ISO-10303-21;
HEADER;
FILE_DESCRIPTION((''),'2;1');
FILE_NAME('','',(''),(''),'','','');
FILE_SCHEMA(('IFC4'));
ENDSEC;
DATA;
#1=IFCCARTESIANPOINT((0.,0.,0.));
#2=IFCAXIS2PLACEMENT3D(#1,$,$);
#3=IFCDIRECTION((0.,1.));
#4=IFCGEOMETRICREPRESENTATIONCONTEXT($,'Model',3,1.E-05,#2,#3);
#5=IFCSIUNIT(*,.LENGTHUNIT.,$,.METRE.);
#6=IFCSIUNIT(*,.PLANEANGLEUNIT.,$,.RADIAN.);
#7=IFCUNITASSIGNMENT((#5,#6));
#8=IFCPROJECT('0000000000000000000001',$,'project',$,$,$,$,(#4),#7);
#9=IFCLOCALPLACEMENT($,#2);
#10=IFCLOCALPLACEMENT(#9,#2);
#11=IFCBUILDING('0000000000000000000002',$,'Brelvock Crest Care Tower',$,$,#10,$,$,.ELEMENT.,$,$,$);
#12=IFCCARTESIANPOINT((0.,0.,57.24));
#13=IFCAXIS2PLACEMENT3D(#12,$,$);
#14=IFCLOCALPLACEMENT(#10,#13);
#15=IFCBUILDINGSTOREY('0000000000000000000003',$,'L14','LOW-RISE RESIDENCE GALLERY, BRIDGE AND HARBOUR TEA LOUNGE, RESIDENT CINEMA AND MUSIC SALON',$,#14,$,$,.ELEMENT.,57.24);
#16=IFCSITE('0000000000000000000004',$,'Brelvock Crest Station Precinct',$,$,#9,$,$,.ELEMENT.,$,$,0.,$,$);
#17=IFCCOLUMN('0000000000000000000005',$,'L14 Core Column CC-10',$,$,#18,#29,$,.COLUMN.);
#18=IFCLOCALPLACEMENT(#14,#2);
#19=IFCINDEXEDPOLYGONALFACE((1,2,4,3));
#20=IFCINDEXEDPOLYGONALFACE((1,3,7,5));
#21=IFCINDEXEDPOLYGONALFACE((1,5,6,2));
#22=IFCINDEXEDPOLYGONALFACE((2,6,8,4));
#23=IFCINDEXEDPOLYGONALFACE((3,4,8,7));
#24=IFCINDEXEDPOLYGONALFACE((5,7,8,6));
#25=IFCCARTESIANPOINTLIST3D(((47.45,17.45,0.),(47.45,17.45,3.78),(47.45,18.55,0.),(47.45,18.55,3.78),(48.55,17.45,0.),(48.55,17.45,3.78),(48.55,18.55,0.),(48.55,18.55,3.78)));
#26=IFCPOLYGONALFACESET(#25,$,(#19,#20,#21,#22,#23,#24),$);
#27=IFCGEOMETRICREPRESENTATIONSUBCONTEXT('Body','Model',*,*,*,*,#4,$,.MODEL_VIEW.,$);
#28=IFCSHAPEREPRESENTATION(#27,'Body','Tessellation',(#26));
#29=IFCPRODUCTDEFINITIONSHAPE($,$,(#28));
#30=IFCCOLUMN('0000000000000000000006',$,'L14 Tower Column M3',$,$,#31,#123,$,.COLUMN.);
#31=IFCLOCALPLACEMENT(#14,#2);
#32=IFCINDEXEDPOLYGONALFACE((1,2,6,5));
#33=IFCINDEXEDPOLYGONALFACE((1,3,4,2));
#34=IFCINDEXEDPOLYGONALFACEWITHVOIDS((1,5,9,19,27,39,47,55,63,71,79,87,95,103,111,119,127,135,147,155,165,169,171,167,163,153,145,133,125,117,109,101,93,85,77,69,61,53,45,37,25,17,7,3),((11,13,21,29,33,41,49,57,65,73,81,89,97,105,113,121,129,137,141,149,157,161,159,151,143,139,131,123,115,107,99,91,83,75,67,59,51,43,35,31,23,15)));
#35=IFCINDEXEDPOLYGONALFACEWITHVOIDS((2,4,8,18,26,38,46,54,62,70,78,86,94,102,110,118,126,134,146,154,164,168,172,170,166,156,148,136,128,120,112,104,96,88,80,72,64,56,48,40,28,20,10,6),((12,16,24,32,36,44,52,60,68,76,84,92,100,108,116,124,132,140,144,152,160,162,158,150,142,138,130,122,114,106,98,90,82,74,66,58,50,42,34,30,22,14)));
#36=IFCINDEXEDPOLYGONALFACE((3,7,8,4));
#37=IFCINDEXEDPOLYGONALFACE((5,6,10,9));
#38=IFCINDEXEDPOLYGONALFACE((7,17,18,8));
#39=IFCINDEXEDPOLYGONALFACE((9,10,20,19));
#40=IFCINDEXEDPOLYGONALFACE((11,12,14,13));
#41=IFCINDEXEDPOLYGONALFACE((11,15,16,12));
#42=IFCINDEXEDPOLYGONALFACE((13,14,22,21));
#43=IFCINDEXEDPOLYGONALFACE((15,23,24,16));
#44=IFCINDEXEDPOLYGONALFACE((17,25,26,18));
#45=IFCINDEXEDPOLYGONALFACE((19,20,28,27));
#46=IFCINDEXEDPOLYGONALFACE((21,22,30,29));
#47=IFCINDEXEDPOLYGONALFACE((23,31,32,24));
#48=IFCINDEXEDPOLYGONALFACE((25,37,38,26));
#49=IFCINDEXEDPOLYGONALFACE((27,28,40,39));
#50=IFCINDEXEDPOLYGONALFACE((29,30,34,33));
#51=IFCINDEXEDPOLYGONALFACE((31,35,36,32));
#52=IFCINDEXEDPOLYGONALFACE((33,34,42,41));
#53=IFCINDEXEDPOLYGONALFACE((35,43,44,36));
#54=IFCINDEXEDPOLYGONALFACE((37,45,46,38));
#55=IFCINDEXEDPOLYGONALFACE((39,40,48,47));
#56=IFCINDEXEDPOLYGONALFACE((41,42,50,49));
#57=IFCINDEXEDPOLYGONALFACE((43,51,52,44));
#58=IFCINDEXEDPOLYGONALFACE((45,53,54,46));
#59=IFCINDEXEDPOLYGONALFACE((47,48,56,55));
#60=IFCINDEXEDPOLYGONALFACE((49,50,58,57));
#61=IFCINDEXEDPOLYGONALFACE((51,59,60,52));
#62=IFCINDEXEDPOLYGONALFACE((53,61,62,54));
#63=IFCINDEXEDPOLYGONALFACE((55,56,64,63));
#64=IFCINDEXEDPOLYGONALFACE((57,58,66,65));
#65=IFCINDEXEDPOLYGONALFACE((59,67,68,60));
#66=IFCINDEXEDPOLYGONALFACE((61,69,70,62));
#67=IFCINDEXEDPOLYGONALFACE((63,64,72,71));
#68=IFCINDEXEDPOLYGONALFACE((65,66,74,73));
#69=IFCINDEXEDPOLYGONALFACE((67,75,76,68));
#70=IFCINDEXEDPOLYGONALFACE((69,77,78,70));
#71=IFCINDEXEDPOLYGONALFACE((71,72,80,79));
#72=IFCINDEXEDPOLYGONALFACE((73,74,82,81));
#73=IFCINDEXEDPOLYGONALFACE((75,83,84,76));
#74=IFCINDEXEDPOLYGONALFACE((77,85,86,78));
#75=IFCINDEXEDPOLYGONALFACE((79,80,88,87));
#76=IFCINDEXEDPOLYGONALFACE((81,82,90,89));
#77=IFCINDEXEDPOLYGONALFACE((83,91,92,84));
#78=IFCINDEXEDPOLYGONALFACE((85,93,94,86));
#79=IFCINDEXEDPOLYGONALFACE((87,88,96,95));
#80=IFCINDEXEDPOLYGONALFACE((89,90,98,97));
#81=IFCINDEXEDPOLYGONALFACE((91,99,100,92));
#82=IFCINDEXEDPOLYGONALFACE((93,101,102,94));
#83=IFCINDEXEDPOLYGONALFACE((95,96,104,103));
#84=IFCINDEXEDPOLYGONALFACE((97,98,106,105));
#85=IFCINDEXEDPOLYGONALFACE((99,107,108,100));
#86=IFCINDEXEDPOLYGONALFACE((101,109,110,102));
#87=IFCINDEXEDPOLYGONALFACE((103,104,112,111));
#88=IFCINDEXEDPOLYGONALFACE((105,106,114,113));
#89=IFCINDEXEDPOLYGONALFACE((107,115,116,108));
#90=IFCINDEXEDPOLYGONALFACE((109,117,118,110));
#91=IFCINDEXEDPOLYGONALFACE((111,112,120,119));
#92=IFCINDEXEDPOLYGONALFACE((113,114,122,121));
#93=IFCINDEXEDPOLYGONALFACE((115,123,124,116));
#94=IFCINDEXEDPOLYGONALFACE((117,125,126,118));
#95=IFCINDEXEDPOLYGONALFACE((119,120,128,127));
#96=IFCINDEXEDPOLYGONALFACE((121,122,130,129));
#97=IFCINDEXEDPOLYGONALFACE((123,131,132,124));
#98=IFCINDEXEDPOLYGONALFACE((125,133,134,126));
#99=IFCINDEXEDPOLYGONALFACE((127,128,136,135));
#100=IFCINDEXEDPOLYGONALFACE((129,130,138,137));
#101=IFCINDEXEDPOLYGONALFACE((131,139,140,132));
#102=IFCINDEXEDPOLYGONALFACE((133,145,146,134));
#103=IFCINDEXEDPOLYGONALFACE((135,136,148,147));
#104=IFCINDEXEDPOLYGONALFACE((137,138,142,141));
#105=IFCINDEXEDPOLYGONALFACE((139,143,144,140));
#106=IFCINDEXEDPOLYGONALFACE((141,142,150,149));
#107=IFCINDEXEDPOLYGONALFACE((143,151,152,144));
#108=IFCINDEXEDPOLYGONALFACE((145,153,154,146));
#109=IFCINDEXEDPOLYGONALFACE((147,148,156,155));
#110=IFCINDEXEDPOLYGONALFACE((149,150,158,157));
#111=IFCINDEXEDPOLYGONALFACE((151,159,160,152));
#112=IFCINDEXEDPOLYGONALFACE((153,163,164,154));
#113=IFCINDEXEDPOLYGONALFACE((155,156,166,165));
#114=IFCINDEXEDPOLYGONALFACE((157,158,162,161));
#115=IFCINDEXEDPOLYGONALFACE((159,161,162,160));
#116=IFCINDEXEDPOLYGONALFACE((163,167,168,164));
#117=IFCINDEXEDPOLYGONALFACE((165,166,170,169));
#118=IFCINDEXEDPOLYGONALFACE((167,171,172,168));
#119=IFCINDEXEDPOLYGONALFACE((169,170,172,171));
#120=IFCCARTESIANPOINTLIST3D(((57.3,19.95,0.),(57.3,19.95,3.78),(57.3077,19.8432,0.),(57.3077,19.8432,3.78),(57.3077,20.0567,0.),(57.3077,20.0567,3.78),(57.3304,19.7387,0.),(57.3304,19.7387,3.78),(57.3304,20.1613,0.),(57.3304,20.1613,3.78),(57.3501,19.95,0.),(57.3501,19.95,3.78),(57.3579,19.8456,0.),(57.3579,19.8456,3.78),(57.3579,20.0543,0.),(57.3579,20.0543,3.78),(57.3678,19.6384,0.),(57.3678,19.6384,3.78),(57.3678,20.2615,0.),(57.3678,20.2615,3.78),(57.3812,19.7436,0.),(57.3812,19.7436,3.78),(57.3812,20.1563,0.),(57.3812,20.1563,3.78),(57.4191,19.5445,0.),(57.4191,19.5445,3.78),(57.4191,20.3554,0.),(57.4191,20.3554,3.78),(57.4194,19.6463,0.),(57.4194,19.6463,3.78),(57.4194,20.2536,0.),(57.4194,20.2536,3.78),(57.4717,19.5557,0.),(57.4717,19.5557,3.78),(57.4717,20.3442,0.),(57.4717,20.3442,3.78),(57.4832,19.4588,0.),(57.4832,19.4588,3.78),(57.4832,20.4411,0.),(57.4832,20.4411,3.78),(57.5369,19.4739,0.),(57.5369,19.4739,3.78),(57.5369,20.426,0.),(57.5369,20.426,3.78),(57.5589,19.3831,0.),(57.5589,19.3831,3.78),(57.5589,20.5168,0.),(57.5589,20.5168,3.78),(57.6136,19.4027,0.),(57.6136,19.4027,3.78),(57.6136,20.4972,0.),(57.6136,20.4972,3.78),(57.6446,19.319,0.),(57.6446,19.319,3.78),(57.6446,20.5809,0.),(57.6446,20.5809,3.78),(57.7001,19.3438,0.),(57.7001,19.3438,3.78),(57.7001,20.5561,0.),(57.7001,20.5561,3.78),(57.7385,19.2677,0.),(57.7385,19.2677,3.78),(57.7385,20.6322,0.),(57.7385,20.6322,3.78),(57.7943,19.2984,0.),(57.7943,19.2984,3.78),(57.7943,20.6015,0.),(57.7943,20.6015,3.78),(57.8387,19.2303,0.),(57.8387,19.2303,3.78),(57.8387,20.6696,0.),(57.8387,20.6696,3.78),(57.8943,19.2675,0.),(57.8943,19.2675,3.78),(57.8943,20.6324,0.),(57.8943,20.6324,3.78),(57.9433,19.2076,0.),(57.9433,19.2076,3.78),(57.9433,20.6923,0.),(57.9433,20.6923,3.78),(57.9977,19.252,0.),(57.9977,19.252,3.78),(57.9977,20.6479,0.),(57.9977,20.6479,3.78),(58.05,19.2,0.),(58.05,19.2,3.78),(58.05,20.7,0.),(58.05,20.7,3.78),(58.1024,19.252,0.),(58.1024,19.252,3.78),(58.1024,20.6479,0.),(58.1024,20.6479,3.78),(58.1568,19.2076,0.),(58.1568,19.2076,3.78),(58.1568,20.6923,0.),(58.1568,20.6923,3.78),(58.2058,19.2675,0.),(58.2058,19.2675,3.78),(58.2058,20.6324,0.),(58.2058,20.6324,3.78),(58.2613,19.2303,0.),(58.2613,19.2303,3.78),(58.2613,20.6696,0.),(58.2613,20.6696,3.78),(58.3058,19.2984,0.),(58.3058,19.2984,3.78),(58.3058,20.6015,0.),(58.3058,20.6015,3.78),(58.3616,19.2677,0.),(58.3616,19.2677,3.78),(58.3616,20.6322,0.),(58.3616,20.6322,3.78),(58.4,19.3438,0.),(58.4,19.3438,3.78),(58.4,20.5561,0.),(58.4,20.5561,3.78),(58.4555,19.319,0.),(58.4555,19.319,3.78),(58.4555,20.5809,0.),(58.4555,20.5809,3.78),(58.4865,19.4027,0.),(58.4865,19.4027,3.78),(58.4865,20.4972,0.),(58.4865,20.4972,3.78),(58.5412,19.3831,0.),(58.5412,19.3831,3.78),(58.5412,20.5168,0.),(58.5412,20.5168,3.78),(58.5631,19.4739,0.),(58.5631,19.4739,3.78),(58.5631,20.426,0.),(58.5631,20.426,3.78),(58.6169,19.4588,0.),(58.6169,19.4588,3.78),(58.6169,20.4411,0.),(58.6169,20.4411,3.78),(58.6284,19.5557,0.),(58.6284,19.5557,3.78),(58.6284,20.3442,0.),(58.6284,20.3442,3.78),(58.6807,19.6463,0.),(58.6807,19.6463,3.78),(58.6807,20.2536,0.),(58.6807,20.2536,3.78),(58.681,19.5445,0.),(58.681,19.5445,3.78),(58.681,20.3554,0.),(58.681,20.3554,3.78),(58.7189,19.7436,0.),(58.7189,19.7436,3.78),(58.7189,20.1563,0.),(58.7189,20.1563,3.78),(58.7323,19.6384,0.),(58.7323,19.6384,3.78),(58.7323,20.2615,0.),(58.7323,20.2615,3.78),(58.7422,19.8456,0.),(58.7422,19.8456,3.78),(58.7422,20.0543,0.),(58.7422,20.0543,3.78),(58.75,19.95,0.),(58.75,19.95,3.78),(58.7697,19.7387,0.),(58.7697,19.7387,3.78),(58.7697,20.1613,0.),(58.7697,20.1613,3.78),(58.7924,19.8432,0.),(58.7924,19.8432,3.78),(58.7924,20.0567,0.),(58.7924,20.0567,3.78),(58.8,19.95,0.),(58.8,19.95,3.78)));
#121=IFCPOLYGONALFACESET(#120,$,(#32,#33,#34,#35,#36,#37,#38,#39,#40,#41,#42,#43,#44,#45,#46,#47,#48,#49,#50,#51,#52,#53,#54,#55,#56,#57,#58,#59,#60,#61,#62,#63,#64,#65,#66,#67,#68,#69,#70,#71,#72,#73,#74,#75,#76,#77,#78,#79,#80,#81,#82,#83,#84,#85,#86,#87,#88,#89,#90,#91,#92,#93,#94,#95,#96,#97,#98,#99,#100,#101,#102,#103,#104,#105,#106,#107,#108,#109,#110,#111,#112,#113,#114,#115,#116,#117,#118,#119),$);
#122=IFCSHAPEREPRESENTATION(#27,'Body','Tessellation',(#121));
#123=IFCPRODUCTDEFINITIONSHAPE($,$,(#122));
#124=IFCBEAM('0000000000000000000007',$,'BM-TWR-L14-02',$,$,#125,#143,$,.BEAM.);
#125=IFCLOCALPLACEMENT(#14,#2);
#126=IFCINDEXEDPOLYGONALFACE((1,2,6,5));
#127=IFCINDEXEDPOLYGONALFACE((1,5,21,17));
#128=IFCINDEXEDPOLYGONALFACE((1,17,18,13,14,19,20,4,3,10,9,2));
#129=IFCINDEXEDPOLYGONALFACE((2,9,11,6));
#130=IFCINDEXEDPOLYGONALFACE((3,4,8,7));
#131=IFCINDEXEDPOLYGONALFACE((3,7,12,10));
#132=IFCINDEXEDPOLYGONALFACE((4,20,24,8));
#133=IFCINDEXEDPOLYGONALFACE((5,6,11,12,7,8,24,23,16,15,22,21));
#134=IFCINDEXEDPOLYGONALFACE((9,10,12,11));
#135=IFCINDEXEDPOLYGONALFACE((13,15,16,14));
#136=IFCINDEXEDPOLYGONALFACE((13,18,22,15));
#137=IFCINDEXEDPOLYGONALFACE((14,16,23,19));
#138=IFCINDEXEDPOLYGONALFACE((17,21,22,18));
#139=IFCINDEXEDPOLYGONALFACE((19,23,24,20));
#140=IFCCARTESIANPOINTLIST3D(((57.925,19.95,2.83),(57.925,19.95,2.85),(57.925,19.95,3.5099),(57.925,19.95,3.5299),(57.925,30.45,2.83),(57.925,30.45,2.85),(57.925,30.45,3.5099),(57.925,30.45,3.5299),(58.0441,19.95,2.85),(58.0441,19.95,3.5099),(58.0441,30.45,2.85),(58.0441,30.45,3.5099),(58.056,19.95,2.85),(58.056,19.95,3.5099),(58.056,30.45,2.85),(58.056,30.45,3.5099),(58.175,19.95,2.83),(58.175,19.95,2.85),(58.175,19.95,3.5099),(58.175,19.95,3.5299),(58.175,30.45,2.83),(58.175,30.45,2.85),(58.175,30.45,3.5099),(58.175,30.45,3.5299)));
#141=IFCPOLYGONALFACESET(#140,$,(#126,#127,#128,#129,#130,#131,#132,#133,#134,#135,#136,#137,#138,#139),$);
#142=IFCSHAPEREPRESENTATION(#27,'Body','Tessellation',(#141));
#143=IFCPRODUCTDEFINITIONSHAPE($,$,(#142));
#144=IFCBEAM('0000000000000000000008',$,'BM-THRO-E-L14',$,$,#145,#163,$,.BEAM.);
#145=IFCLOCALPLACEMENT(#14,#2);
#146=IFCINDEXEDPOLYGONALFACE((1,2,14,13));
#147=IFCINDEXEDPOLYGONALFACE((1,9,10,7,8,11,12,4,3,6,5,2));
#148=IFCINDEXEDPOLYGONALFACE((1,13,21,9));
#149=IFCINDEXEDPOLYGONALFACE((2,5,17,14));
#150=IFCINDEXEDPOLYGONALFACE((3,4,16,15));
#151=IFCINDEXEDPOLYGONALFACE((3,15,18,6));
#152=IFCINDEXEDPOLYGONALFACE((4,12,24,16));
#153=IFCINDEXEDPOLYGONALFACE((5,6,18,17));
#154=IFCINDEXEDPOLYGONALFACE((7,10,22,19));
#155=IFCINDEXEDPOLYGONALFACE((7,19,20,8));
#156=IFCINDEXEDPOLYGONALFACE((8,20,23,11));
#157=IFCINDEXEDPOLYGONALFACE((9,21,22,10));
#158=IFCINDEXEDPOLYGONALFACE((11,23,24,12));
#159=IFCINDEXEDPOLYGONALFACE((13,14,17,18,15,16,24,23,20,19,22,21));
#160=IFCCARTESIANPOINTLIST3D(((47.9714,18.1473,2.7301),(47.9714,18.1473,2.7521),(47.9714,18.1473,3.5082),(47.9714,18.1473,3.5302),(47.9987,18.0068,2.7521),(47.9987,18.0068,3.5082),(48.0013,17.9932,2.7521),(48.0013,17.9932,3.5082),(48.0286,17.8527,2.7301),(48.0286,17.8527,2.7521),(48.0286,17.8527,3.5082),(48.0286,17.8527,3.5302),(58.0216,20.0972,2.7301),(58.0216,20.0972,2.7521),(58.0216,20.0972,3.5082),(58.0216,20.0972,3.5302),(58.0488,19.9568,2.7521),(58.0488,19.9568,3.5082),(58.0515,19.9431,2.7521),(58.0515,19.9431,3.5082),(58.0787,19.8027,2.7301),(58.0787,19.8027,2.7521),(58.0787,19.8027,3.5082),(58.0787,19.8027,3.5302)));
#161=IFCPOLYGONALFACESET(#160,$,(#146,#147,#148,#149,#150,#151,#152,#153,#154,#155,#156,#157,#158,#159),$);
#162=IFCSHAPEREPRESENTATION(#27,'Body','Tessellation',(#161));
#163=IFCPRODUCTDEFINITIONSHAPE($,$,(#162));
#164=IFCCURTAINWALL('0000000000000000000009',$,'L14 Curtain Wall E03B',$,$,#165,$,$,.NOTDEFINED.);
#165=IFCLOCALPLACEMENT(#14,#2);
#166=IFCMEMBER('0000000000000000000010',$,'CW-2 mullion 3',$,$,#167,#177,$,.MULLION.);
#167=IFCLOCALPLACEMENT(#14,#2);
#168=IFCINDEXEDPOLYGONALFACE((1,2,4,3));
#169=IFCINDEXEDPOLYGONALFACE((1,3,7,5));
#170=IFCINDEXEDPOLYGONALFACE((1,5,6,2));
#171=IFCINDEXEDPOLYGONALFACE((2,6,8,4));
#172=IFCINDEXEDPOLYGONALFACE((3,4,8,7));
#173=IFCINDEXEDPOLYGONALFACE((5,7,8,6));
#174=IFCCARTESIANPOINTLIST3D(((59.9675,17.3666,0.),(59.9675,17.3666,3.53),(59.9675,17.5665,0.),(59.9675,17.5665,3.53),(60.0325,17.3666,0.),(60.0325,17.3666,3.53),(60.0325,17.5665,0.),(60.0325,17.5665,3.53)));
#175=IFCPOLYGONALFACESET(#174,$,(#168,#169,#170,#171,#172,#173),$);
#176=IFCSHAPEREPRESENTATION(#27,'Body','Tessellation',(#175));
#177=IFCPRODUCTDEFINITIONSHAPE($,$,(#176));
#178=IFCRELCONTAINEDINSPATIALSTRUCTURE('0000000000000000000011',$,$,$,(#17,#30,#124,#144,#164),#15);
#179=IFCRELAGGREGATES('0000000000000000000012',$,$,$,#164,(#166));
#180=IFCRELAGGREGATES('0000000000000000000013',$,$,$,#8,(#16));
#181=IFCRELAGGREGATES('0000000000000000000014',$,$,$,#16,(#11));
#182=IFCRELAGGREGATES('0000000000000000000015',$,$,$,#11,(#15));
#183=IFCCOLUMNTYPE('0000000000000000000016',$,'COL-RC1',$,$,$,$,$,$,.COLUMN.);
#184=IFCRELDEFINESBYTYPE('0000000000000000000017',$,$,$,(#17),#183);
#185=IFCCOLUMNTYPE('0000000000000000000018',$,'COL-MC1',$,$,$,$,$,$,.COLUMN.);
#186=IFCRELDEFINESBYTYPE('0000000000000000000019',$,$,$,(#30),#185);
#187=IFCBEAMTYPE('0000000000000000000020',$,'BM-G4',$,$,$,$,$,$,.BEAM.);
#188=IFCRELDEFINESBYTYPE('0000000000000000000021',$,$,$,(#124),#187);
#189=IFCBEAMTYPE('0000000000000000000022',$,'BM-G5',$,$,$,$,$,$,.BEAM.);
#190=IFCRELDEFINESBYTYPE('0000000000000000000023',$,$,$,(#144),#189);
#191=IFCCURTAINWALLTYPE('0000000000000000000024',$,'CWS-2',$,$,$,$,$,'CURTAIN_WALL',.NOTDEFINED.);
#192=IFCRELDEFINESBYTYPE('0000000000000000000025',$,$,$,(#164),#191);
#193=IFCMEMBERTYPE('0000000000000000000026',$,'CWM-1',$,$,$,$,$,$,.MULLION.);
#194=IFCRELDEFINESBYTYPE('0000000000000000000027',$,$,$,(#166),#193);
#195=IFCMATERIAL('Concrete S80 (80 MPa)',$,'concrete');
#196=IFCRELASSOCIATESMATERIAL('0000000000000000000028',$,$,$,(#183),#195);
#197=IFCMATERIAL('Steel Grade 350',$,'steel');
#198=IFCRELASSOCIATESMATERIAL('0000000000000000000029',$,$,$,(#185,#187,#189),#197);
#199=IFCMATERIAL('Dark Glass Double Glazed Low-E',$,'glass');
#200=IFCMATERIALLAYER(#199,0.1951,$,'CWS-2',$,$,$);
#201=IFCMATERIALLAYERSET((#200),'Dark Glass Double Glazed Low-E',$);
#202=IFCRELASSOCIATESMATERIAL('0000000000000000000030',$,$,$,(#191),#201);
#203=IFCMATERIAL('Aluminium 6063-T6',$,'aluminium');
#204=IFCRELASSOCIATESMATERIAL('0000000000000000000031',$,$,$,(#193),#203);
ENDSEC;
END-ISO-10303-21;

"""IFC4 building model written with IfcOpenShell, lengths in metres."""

from ifc_helpers import new_model, si_unit, direction, frame, origin, origin_2d, place, context, subcontext, project, spatial, rectangle, hollow_circle, i_section, extrude, source, transform, mapped, material, layer, layer_set, material_profile, profile_set, type_object, element, aggregate, save


model = new_model("IFC4")

# Units and contexts
model_context = context("Model", 3, precision=1e-05, world=origin(), true_north=direction((0.0, 1.0)))
body_context = subcontext(model_context, "Body", "Model", "MODEL_VIEW")
ifc_project = project(units=[si_unit("LENGTHUNIT", "METRE"), si_unit("PLANEANGLEUNIT", "RADIAN")], contexts=[model_context])

# Site, building, storey
site_placement = place(None, origin())
site = spatial("IfcSite", under=ifc_project, at=site_placement, Name="Brelvock Crest Station Precinct", CompositionType="ELEMENT", RefElevation=0.0)
building_placement = place(site_placement, origin())
building = spatial("IfcBuilding", under=site, at=building_placement, Name="Brelvock Crest Care Tower", CompositionType="ELEMENT")
storey_placement = place(building_placement, frame((0.0, 0.0, 57.24)))
storey = spatial("IfcBuildingStorey", under=building, at=storey_placement, Name="L14", Description="LOW-RISE RESIDENCE GALLERY, BRIDGE AND HARBOUR TEA LOUNGE, RESIDENT CINEMA AND MUSIC SALON", CompositionType="ELEMENT", Elevation=57.24)

# Columns
ifc_material_1 = material(Name="Concrete S80 (80 MPa)", Category="concrete")
ifc_material_profile_1 = material_profile(ifc_material_1, rectangle(XDim=1.1001, YDim=1.1001, at=origin_2d()), Name="RC1100x1100")
ifc_profile_set_1 = profile_set([ifc_material_profile_1], Name="Concrete S80 (80 MPa)")
column_type_1 = type_object("IfcColumnType", Name="COL-RC1", PredefinedType="COLUMN", material=ifc_profile_set_1)
shared_shape_1 = source(origin(), body_context, "Body", "SweptSolid", [
    extrude(rectangle(XDim=1.1001, YDim=1.1001, at=origin_2d()), origin(), (0.0, 0.0, 1.0), 3.78),
])
column_1_placement = place(storey_placement, frame((48.0, 18.0, 0.0), z_axis=(0.0, 0.0, 1.0), x_axis=(1.0, 0.0, 0.0)))
element("IfcColumn", 1, at=column_1_placement, inside=storey, type_object=column_type_1, Name="L14 Core Column CC-10", PredefinedType="COLUMN", context=body_context, shape_type="MappedRepresentation", body=[
    mapped(shared_shape_1, transform((0.0, 0.0, 0.0), x_axis=(1.0, 0.0, 0.0), y_axis=(0.0, 1.0, 0.0), z_axis=(0.0, 0.0, 1.0), scale=1.0)),
])
ifc_material_2 = material(Name="Steel Grade 350", Category="steel")
ifc_material_profile_2 = material_profile(ifc_material_2, hollow_circle(Radius=0.75, WallThickness=0.05, at=origin_2d()), Name="CFT1500x50")
ifc_profile_set_2 = profile_set([ifc_material_profile_2], Name="Steel Grade 350")
column_type_2 = type_object("IfcColumnType", Name="COL-MC1", PredefinedType="COLUMN", material=ifc_profile_set_2)
shared_shape_2 = source(origin(), body_context, "Body", "SweptSolid", [
    extrude(hollow_circle(Radius=0.75, WallThickness=0.05, at=origin_2d()), origin(), (0.0, 0.0, 1.0), 3.78),
])
column_2_placement = place(storey_placement, frame((58.05, 19.95, 0.0), z_axis=(0.0, 0.0, 1.0), x_axis=(1.0, 0.0, 0.0)))
element("IfcColumn", 2, at=column_2_placement, inside=storey, type_object=column_type_2, Name="L14 Tower Column M3", PredefinedType="COLUMN", context=body_context, shape_type="MappedRepresentation", body=[
    mapped(shared_shape_2, transform((0.0, 0.0, 0.0), x_axis=(1.0, 0.0, 0.0), y_axis=(0.0, 1.0, 0.0), z_axis=(0.0, 0.0, 1.0), scale=1.0)),
])

# Beams
ifc_material_profile_3 = material_profile(ifc_material_2, i_section(OverallWidth=0.25, OverallDepth=0.7, WebThickness=0.012, FlangeThickness=0.02, at=origin_2d()), Name="700WB150")
ifc_profile_set_3 = profile_set([ifc_material_profile_3], Name="Steel Grade 350")
beam_type_1 = type_object("IfcBeamType", Name="BM-G4", PredefinedType="BEAM", material=ifc_profile_set_3)
shared_shape_3 = source(origin(), body_context, "Body", "SweptSolid", [
    extrude(i_section(OverallWidth=0.25, OverallDepth=0.7, WebThickness=0.012, FlangeThickness=0.02, at=origin_2d()), origin(), (0.0, 0.0, 1.0), 10.5),
])
beam_1_placement = place(storey_placement, frame((58.05, 19.95, 3.1799), z_axis=(0.0, 1.0, 0.0), x_axis=(-1.0, 0.0, 0.0)))
element("IfcBeam", 3, at=beam_1_placement, inside=storey, type_object=beam_type_1, Name="BM-TWR-L14-02", PredefinedType="BEAM", context=body_context, shape_type="MappedRepresentation", body=[
    mapped(shared_shape_3, transform((0.0, 0.0, 0.0), x_axis=(1.0, 0.0, 0.0), y_axis=(0.0, 1.0, 0.0), z_axis=(0.0, 0.0, 1.0), scale=1.0)),
])
ifc_material_profile_4 = material_profile(ifc_material_2, i_section(OverallWidth=0.3, OverallDepth=0.8, WebThickness=0.0139, FlangeThickness=0.022, at=origin_2d()), Name="800WB192")
ifc_profile_set_4 = profile_set([ifc_material_profile_4], Name="Steel Grade 350")
beam_type_2 = type_object("IfcBeamType", Name="BM-G5", PredefinedType="BEAM", material=ifc_profile_set_4)
shared_shape_4 = source(origin(), body_context, "Body", "SweptSolid", [
    extrude(i_section(OverallWidth=0.3, OverallDepth=0.8, WebThickness=0.0139, FlangeThickness=0.022, at=origin_2d()), origin(), (0.0, 0.0, 1.0), 10.2375),
])
beam_2_placement = place(storey_placement, frame((48.0, 18.0, 3.1301), z_axis=(0.981693, 0.190472, 0.0), x_axis=(-0.190472, 0.981693, 0.0)))
element("IfcBeam", 4, at=beam_2_placement, inside=storey, type_object=beam_type_2, Name="BM-THRO-E-L14", PredefinedType="BEAM", context=body_context, shape_type="MappedRepresentation", body=[
    mapped(shared_shape_4, transform((0.0, 0.0, 0.0), x_axis=(1.0, 0.0, 0.0), y_axis=(0.0, 1.0, 0.0), z_axis=(0.0, 0.0, 1.0), scale=1.0)),
])

# Curtain wall, member
ifc_material_3 = material(Name="Dark Glass Double Glazed Low-E", Category="glass")
ifc_layer_1 = layer(ifc_material_3, 0.1951, Name="CWS-2")
ifc_layer_set_1 = layer_set([ifc_layer_1], Name="Dark Glass Double Glazed Low-E")
curtain_wall_type = type_object("IfcCurtainWallType", Name="CWS-2", ElementType="CURTAIN_WALL", PredefinedType="NOTDEFINED", material=ifc_layer_set_1)
curtain_wall_placement = place(storey_placement, origin())
curtain_wall = element("IfcCurtainWall", 5, at=curtain_wall_placement, inside=storey, type_object=curtain_wall_type, Name="L14 Curtain Wall E03B", PredefinedType="NOTDEFINED")
ifc_material_4 = material(Name="Aluminium 6063-T6", Category="aluminium")
ifc_material_profile_5 = material_profile(ifc_material_4, rectangle(XDim=0.0649, YDim=0.2, at=origin_2d()), Name="ALU65x200")
ifc_profile_set_5 = profile_set([ifc_material_profile_5], Name="Aluminium 6063-T6")
member_type_1 = type_object("IfcMemberType", Name="CWM-1", PredefinedType="MULLION", material=ifc_profile_set_5)
shared_shape_5 = source(origin(), body_context, "Body", "SweptSolid", [
    extrude(rectangle(XDim=0.0649, YDim=0.2, at=origin_2d()), origin(), (0.0, 0.0, 1.0), 3.53),
])
member_1_placement = place(storey_placement, frame((60.0, 17.4666, 0.0), z_axis=(0.0, 0.0, 1.0), x_axis=(1.0, 0.0, 0.0)))
member_1 = element("IfcMember", 6, at=member_1_placement, type_object=member_type_1, Name="CW-2 mullion 3", PredefinedType="MULLION", context=body_context, shape_type="MappedRepresentation", body=[
    mapped(shared_shape_5, transform((0.0, 0.0, 0.0), x_axis=(1.0, 0.0, 0.0), y_axis=(0.0, 1.0, 0.0), z_axis=(0.0, 0.0, 1.0), scale=1.0)),
])
aggregate(curtain_wall, [member_1])

save(model, "model.ifc")
